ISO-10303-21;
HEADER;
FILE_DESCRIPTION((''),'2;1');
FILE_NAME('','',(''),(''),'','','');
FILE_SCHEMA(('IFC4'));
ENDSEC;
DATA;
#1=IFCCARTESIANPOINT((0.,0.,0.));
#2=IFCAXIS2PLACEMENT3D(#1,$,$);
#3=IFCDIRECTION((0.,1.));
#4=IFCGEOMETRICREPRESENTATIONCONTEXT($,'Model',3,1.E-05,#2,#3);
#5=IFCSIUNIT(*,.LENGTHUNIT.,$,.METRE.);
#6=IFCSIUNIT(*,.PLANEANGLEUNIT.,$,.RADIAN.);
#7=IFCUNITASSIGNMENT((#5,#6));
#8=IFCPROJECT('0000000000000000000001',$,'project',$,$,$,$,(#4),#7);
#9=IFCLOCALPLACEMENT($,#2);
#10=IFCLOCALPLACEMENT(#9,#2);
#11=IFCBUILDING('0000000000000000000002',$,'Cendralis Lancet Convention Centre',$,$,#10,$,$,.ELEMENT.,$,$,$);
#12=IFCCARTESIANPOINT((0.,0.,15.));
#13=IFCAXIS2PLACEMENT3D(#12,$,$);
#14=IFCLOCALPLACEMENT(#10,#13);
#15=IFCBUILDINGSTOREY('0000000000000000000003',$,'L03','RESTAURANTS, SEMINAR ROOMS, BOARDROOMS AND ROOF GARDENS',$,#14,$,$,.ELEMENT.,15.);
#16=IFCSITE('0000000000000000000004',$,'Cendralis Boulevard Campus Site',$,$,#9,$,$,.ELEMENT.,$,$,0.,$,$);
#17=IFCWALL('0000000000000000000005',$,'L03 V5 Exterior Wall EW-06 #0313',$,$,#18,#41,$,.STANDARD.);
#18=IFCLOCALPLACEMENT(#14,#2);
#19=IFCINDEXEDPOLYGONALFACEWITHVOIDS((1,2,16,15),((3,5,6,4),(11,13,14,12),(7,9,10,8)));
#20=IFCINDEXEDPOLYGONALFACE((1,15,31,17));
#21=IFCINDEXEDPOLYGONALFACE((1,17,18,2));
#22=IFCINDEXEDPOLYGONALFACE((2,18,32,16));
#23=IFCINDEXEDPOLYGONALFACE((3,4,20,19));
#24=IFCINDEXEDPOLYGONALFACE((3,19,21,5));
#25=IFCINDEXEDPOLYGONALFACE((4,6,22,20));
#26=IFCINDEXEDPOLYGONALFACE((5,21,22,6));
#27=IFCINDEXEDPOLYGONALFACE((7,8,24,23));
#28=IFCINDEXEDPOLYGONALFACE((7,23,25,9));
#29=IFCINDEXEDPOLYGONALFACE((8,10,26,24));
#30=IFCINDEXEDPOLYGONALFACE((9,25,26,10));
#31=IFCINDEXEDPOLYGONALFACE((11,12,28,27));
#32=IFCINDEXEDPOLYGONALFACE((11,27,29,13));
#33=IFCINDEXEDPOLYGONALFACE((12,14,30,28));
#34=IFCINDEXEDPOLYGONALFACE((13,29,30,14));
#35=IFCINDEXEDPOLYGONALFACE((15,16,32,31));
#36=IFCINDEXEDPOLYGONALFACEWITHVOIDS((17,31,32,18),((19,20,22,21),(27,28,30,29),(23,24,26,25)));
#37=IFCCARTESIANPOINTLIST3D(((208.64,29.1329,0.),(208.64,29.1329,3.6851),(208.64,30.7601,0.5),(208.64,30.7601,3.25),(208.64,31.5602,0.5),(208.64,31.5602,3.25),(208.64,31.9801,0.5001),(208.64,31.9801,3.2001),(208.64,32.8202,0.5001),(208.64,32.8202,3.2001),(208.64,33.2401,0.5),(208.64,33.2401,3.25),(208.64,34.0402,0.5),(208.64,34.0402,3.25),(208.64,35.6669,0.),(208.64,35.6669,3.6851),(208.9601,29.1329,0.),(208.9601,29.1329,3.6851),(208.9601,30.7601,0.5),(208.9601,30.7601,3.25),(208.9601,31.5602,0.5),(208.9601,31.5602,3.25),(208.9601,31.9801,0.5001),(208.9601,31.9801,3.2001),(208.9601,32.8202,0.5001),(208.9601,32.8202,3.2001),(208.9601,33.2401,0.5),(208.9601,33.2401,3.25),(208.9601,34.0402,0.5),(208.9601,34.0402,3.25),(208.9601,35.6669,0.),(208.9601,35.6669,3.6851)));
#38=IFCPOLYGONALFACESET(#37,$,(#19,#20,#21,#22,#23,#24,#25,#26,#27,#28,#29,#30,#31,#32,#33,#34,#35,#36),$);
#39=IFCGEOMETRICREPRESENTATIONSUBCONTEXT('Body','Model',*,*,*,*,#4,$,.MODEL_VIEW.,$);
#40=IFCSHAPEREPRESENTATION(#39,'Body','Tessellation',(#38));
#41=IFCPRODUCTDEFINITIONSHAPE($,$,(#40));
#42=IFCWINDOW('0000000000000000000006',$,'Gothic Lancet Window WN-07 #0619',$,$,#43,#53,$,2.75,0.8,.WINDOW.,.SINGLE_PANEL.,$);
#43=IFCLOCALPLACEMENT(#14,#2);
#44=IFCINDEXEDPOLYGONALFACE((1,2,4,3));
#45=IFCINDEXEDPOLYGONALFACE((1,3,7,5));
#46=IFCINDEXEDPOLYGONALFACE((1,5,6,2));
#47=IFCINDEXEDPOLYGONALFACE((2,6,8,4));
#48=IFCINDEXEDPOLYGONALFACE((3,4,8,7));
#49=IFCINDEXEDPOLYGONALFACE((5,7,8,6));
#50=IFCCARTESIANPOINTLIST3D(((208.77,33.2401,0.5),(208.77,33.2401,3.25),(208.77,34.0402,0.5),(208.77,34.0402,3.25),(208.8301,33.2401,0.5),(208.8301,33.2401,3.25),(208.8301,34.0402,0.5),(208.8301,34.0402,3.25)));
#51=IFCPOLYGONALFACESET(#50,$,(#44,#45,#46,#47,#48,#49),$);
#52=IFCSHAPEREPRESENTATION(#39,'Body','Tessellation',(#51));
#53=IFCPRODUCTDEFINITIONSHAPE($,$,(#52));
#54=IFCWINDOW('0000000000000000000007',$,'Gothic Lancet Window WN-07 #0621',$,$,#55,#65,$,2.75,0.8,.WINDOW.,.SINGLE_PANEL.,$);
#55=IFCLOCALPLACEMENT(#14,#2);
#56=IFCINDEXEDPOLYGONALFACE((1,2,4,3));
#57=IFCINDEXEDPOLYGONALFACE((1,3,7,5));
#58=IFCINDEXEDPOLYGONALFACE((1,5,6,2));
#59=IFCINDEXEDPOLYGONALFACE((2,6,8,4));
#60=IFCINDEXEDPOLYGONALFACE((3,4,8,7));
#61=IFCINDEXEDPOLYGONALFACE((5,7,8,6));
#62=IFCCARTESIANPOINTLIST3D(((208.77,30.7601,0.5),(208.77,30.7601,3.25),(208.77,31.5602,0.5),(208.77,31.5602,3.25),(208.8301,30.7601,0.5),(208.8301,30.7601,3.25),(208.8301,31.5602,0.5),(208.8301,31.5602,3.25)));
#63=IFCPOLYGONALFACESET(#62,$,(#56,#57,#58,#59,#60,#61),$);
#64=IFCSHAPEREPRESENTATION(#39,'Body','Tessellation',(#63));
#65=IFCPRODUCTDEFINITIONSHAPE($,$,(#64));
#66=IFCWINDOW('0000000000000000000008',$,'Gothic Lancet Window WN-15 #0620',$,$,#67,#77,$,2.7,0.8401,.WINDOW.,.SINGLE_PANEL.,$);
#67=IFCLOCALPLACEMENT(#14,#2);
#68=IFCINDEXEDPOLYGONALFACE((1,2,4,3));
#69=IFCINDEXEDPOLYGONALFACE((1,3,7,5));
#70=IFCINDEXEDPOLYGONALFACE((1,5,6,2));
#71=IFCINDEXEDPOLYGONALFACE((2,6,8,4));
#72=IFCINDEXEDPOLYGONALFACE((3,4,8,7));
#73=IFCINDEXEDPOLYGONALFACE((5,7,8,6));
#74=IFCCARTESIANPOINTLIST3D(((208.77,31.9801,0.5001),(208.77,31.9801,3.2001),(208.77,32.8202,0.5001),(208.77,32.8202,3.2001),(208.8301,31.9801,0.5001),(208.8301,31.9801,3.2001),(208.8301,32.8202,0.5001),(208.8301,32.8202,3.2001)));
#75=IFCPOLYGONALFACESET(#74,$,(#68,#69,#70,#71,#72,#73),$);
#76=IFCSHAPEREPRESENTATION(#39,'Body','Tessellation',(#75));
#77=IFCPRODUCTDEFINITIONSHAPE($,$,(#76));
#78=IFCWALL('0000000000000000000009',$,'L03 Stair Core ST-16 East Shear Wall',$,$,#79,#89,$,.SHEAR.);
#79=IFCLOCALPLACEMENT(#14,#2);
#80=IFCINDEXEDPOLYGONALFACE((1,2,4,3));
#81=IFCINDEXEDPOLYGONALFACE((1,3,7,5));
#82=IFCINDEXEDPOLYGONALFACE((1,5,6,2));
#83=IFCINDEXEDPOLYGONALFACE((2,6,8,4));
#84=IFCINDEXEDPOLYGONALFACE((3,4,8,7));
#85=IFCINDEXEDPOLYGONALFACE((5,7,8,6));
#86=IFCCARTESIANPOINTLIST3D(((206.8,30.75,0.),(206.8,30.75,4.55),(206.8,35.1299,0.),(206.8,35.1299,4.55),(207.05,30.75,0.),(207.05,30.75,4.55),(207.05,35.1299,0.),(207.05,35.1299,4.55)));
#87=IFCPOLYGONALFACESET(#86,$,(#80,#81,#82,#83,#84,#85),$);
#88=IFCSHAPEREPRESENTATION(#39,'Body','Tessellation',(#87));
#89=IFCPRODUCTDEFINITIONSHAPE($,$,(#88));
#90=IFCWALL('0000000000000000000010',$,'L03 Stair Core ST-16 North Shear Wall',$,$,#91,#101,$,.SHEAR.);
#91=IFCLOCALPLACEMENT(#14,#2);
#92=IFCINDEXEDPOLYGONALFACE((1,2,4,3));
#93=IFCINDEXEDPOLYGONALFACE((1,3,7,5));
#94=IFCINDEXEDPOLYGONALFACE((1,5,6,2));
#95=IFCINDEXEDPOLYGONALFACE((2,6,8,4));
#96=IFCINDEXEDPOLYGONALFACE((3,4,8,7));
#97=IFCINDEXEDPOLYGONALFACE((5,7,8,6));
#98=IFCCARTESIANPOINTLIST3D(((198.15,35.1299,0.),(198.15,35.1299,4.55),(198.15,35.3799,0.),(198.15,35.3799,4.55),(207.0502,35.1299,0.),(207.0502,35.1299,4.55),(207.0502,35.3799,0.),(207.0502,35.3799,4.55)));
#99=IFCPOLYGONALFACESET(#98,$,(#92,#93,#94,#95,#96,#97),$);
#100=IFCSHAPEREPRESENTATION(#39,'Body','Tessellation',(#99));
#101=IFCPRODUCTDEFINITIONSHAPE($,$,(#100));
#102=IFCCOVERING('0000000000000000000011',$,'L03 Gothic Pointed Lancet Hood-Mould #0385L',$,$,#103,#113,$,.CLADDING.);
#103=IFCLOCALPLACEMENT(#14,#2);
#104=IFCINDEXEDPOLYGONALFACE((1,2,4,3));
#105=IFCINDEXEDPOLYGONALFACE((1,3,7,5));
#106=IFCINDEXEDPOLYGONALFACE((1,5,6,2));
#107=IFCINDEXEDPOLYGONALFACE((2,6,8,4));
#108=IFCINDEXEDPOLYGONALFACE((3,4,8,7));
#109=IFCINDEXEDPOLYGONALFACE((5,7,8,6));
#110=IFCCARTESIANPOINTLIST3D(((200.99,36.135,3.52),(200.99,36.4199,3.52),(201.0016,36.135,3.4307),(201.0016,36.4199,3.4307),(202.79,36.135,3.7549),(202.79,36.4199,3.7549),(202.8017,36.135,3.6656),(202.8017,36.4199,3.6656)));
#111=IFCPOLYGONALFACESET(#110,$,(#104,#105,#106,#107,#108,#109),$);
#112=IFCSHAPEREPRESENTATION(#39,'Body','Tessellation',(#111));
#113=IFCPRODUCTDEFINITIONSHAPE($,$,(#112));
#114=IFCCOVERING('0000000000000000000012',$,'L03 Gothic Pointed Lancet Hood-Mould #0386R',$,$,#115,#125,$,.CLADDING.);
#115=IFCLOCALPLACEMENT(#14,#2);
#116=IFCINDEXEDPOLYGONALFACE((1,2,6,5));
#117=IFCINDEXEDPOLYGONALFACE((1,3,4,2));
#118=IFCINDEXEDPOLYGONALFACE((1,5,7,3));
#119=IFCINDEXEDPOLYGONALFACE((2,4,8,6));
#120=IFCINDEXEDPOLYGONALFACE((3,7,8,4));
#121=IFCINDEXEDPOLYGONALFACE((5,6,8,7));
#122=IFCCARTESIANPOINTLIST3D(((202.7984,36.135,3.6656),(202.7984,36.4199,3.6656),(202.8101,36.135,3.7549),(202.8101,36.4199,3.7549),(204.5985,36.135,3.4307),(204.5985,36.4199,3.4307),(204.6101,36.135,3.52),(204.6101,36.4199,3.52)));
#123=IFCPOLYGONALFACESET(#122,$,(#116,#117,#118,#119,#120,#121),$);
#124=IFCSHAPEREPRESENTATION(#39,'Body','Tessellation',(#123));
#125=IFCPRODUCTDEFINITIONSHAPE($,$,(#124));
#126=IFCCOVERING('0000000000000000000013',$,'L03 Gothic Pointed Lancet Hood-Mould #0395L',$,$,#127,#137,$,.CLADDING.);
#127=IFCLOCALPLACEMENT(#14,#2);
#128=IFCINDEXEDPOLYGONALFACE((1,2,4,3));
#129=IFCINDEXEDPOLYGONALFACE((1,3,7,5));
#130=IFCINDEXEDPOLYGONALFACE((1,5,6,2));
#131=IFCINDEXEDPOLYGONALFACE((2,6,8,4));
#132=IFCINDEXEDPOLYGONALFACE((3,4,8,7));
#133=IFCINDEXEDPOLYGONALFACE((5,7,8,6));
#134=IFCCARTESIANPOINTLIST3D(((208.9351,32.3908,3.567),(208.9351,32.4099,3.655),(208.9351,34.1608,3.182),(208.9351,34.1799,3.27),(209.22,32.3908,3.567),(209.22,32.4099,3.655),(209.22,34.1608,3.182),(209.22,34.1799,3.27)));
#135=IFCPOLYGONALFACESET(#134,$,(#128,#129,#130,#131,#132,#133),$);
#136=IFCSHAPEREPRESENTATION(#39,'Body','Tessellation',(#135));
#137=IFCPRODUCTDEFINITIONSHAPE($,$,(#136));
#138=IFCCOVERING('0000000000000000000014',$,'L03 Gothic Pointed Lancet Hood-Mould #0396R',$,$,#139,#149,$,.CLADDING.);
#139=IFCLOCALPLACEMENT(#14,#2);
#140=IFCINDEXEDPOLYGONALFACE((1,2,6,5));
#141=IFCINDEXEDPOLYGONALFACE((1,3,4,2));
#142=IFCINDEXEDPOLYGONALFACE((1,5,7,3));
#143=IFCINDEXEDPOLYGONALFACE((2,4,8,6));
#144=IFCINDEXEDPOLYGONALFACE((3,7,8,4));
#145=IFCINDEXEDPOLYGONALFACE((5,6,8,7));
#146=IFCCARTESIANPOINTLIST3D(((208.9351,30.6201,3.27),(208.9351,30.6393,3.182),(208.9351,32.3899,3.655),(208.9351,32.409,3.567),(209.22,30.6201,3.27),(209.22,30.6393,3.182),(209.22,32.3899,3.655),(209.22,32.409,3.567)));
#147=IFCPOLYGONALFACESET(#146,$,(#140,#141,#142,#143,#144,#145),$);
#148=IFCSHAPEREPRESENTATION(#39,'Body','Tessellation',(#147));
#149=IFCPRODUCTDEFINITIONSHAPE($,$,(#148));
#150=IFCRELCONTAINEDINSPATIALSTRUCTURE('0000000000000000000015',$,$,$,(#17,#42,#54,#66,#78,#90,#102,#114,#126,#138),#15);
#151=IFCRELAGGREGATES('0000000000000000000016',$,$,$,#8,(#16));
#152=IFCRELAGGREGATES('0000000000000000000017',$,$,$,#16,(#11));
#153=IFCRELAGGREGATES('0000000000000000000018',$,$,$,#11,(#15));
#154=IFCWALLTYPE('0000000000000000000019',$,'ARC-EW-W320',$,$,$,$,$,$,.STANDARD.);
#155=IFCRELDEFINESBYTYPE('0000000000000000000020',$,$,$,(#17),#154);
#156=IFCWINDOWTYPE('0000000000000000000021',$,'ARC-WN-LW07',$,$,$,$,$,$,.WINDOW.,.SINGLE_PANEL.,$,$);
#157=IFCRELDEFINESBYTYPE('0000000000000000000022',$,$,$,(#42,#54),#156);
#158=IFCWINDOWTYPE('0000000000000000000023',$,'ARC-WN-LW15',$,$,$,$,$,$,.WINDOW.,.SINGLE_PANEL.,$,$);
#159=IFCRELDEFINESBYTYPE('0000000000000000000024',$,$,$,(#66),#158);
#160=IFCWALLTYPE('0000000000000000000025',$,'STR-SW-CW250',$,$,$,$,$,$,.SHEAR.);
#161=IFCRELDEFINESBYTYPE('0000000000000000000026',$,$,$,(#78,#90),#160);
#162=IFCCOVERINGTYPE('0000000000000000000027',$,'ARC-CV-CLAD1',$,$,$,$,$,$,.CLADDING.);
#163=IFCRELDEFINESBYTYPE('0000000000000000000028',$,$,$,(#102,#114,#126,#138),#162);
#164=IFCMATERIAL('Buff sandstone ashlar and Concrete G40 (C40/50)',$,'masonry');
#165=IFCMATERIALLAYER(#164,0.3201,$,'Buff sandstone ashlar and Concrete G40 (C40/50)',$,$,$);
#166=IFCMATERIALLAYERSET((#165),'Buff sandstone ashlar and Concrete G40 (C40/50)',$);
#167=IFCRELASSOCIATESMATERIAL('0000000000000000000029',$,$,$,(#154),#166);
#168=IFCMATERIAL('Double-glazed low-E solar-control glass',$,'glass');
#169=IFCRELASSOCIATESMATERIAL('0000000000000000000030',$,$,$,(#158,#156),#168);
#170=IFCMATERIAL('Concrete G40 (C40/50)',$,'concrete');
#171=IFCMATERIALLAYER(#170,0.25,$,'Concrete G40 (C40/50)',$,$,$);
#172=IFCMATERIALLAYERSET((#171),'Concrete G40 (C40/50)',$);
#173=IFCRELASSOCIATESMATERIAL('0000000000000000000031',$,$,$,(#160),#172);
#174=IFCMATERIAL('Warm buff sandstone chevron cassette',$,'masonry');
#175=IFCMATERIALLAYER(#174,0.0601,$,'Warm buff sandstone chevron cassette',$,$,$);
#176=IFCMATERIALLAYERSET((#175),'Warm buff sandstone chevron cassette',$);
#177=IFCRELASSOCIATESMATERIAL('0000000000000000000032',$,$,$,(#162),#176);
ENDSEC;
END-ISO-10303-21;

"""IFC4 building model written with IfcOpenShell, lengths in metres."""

from ifc_helpers import new_model, si_unit, direction, frame, frame_2d, origin, place, context, subcontext, project, spatial, polyline, rectangle, outline, extrude, material, layer, layer_set, type_object, element, fill, save


model = new_model("IFC4")

# Units and contexts
model_context = context("Model", 3, precision=1e-05, world=origin(), true_north=direction((0.0, 1.0)))
body_context = subcontext(model_context, "Body", "Model", "MODEL_VIEW")
ifc_project = project(units=[si_unit("LENGTHUNIT", "METRE"), si_unit("PLANEANGLEUNIT", "RADIAN")], contexts=[model_context])

# Site, building, storey
site_placement = place(None, origin())
site = spatial("IfcSite", under=ifc_project, at=site_placement, Name="Cendralis Boulevard Campus Site", CompositionType="ELEMENT", RefElevation=0.0)
building_placement = place(site_placement, origin())
building = spatial("IfcBuilding", under=site, at=building_placement, Name="Cendralis Lancet Convention Centre", CompositionType="ELEMENT")
storey_placement = place(building_placement, frame((0.0, 0.0, 15.0)))
storey = spatial("IfcBuildingStorey", under=building, at=storey_placement, Name="L03", Description="RESTAURANTS, SEMINAR ROOMS, BOARDROOMS AND ROOF GARDENS", CompositionType="ELEMENT", Elevation=15.0)

# Shared definitions
ifc_material_1 = material(Name="Concrete G40 (C40/50)", Category="concrete")

# Wall, openings, windows
ifc_material_2 = material(Name="Buff sandstone ashlar and Concrete G40 (C40/50)", Category="masonry")
ifc_layer_1 = layer(ifc_material_2, 0.3201, Name="Buff sandstone ashlar and Concrete G40 (C40/50)")
ifc_layer_set_1 = layer_set([ifc_layer_1], Name="Buff sandstone ashlar and Concrete G40 (C40/50)")
wall_type_1 = type_object("IfcWallType", Name="ARC-EW-W320", PredefinedType="STANDARD", material=ifc_layer_set_1)
ifc_material_3 = material(Name="Double-glazed low-E solar-control glass", Category="glass")
window_type_1 = type_object("IfcWindowType", Name="ARC-WN-LW15", PartitioningType="SINGLE_PANEL", PredefinedType="WINDOW", material=ifc_material_3)
wall_1_placement = place(storey_placement, frame((208.8, 35.667, 0.0), z_axis=(0.0, 0.0, 1.0), x_axis=(0.0, -1.0, 0.0)))
wall_1 = element("IfcWall", 1, at=wall_1_placement, inside=storey, type_object=wall_type_1, Name="L03 V5 Exterior Wall EW-06 #0313", PredefinedType="STANDARD", context=body_context, shape_type="SweptSolid", body=[
    extrude(rectangle(XDim=6.5339, YDim=0.3201, at=frame_2d((3.2671, 0.0))), origin(), (0.0, 0.0, 1.0), 3.6851),
])
opening_1_placement = place(wall_1_placement, frame((1.627, 0.0, 0.5)))
opening_1 = element("IfcOpeningElement", 2, at=opening_1_placement, cuts=wall_1, PredefinedType="OPENING", context=body_context, shape_type="SweptSolid", body=[
    extrude(rectangle(XDim=0.8, YDim=2.75, at=frame_2d((0.3999, 1.375))), frame((0.0, 0.1699, 0.0), z_axis=(0.0, -1.0, 0.0), x_axis=(1.0, 0.0, 0.0)), (0.0, 0.0, 1.0), 0.3401),
])
opening_2_placement = place(wall_1_placement, frame((2.8469, 0.0, 0.5)))
opening_2 = element("IfcOpeningElement", 3, at=opening_2_placement, cuts=wall_1, PredefinedType="OPENING", context=body_context, shape_type="SweptSolid", body=[
    extrude(rectangle(XDim=0.8401, YDim=2.7, at=frame_2d((0.4199, 1.3501))), frame((0.0, 0.1699, 0.0), z_axis=(0.0, -1.0, 0.0), x_axis=(1.0, 0.0, 0.0)), (0.0, 0.0, 1.0), 0.3401),
])
opening_3_placement = place(wall_1_placement, frame((4.1069, 0.0, 0.5)))
opening_3 = element("IfcOpeningElement", 4, at=opening_3_placement, cuts=wall_1, PredefinedType="OPENING", context=body_context, shape_type="SweptSolid", body=[
    extrude(rectangle(XDim=0.8, YDim=2.75, at=frame_2d((0.3999, 1.375))), frame((0.0, 0.1699, 0.0), z_axis=(0.0, -1.0, 0.0), x_axis=(1.0, 0.0, 0.0)), (0.0, 0.0, 1.0), 0.3401),
])
window_type_2 = type_object("IfcWindowType", Name="ARC-WN-LW07", PartitioningType="SINGLE_PANEL", PredefinedType="WINDOW", material=ifc_material_3)
window_1_placement = place(opening_1_placement, origin())
window_1 = element("IfcWindow", 5, at=window_1_placement, inside=storey, type_object=window_type_2, Name="Gothic Lancet Window WN-07 #0619", OverallHeight=2.75, OverallWidth=0.8, PartitioningType="SINGLE_PANEL", PredefinedType="WINDOW", context=body_context, shape_type="SweptSolid", body=[
    extrude(rectangle(XDim=0.8, YDim=2.75, at=frame_2d((0.3999, 1.375))), frame((0.0, 0.03, 0.0), z_axis=(0.0, -1.0, 0.0), x_axis=(1.0, 0.0, 0.0)), (0.0, 0.0, 1.0), 0.0601),
])
fill(opening_1, window_1)
window_2_placement = place(opening_3_placement, origin())
window_2 = element("IfcWindow", 6, at=window_2_placement, inside=storey, type_object=window_type_2, Name="Gothic Lancet Window WN-07 #0621", OverallHeight=2.75, OverallWidth=0.8, PartitioningType="SINGLE_PANEL", PredefinedType="WINDOW", context=body_context, shape_type="SweptSolid", body=[
    extrude(rectangle(XDim=0.8, YDim=2.75, at=frame_2d((0.3999, 1.375))), frame((0.0, 0.03, 0.0), z_axis=(0.0, -1.0, 0.0), x_axis=(1.0, 0.0, 0.0)), (0.0, 0.0, 1.0), 0.0601),
])
fill(opening_3, window_2)
window_3_placement = place(opening_2_placement, origin())
window_3 = element("IfcWindow", 7, at=window_3_placement, inside=storey, type_object=window_type_1, Name="Gothic Lancet Window WN-15 #0620", OverallHeight=2.7, OverallWidth=0.8401, PartitioningType="SINGLE_PANEL", PredefinedType="WINDOW", context=body_context, shape_type="SweptSolid", body=[
    extrude(rectangle(XDim=0.8401, YDim=2.7, at=frame_2d((0.4199, 1.3501))), frame((0.0, 0.03, 0.0), z_axis=(0.0, -1.0, 0.0), x_axis=(1.0, 0.0, 0.0)), (0.0, 0.0, 1.0), 0.0601),
])
fill(opening_2, window_3)

# Shared definitions
ifc_layer_2 = layer(ifc_material_1, 0.25, Name="Concrete G40 (C40/50)")
ifc_layer_set_2 = layer_set([ifc_layer_2], Name="Concrete G40 (C40/50)")
wall_type_2 = type_object("IfcWallType", Name="STR-SW-CW250", PredefinedType="SHEAR", material=ifc_layer_set_2)

# Walls
wall_2_placement = place(storey_placement, frame((206.925, 30.75, 0.0), z_axis=(0.0, 0.0, 1.0), x_axis=(0.0, 1.0, 0.0)))
element("IfcWall", 8, at=wall_2_placement, inside=storey, type_object=wall_type_2, Name="L03 Stair Core ST-16 East Shear Wall", PredefinedType="SHEAR", context=body_context, shape_type="SweptSolid", body=[
    extrude(rectangle(XDim=4.3799, YDim=0.25, at=frame_2d((2.1899, 0.0))), origin(), (0.0, 0.0, 1.0), 4.55),
])
wall_3_placement = place(storey_placement, frame((198.1499, 35.2549, 0.0), z_axis=(0.0, 0.0, 1.0), x_axis=(1.0, 0.0, 0.0)))
element("IfcWall", 9, at=wall_3_placement, inside=storey, type_object=wall_type_2, Name="L03 Stair Core ST-16 North Shear Wall", PredefinedType="SHEAR", context=body_context, shape_type="SweptSolid", body=[
    extrude(rectangle(XDim=8.9001, YDim=0.25, at=frame_2d((4.4502, 0.0))), origin(), (0.0, 0.0, 1.0), 4.55),
])

# Coverings
ifc_material_4 = material(Name="Warm buff sandstone chevron cassette", Category="masonry")
ifc_layer_3 = layer(ifc_material_4, 0.0601, Name="Warm buff sandstone chevron cassette")
ifc_layer_set_3 = layer_set([ifc_layer_3], Name="Warm buff sandstone chevron cassette")
covering_type = type_object("IfcCoveringType", Name="ARC-CV-CLAD1", PredefinedType="CLADDING", material=ifc_layer_set_3)
for number, where, z_axis, x_axis, name in (
    (10, (200.99, 36.4199, 3.52), (-0.129379, 0.0, 0.991595), (0.0, -1.0, 0.0), "L03 Gothic Pointed Lancet Hood-Mould #0385L"),
    (11, (202.8101, 36.4199, 3.7549), (0.129379, 0.0, 0.991595), (0.0, -1.0, 0.0), "L03 Gothic Pointed Lancet Hood-Mould #0386R"),
):
    element("IfcCovering", number, at=place(storey_placement, frame(where, z_axis=z_axis, x_axis=x_axis)), inside=storey, type_object=covering_type, Name=name, PredefinedType="CLADDING", context=body_context, shape_type="SweptSolid", body=[
        extrude(outline(polyline([(0.0, 0.0), (0.2849, 0.0), (0.2849, 1.8153), (0.0, 1.8153), (0.0, 0.0)])), origin(), (0.0, 0.0, -1.0), 0.0901),
    ])
covering_1_placement = place(storey_placement, frame((209.22, 34.1799, 3.27), z_axis=(0.0, 0.212547, 0.977151), x_axis=(-1.0, 0.0, 0.0)))
element("IfcCovering", 12, at=covering_1_placement, inside=storey, type_object=covering_type, Name="L03 Gothic Pointed Lancet Hood-Mould #0395L", PredefinedType="CLADDING", context=body_context, shape_type="SweptSolid", body=[
    extrude(outline(polyline([(0.0, 0.0), (0.2849, 0.0), (0.2849, 1.8114), (0.0, 1.8114), (0.0, 0.0)])), origin(), (0.0, 0.0, -1.0), 0.0901),
])
covering_2_placement = place(storey_placement, frame((209.22, 32.3899, 3.655), z_axis=(0.0, -0.212575, 0.977145), x_axis=(-1.0, 0.0, 0.0)))
element("IfcCovering", 13, at=covering_2_placement, inside=storey, type_object=covering_type, Name="L03 Gothic Pointed Lancet Hood-Mould #0396R", PredefinedType="CLADDING", context=body_context, shape_type="SweptSolid", body=[
    extrude(outline(polyline([(0.0, 0.0), (0.2849, 0.0), (0.2849, 1.8112), (0.0, 1.8112), (0.0, 0.0)])), origin(), (0.0, 0.0, -1.0), 0.0901),
])

save(model, "model.ifc")
